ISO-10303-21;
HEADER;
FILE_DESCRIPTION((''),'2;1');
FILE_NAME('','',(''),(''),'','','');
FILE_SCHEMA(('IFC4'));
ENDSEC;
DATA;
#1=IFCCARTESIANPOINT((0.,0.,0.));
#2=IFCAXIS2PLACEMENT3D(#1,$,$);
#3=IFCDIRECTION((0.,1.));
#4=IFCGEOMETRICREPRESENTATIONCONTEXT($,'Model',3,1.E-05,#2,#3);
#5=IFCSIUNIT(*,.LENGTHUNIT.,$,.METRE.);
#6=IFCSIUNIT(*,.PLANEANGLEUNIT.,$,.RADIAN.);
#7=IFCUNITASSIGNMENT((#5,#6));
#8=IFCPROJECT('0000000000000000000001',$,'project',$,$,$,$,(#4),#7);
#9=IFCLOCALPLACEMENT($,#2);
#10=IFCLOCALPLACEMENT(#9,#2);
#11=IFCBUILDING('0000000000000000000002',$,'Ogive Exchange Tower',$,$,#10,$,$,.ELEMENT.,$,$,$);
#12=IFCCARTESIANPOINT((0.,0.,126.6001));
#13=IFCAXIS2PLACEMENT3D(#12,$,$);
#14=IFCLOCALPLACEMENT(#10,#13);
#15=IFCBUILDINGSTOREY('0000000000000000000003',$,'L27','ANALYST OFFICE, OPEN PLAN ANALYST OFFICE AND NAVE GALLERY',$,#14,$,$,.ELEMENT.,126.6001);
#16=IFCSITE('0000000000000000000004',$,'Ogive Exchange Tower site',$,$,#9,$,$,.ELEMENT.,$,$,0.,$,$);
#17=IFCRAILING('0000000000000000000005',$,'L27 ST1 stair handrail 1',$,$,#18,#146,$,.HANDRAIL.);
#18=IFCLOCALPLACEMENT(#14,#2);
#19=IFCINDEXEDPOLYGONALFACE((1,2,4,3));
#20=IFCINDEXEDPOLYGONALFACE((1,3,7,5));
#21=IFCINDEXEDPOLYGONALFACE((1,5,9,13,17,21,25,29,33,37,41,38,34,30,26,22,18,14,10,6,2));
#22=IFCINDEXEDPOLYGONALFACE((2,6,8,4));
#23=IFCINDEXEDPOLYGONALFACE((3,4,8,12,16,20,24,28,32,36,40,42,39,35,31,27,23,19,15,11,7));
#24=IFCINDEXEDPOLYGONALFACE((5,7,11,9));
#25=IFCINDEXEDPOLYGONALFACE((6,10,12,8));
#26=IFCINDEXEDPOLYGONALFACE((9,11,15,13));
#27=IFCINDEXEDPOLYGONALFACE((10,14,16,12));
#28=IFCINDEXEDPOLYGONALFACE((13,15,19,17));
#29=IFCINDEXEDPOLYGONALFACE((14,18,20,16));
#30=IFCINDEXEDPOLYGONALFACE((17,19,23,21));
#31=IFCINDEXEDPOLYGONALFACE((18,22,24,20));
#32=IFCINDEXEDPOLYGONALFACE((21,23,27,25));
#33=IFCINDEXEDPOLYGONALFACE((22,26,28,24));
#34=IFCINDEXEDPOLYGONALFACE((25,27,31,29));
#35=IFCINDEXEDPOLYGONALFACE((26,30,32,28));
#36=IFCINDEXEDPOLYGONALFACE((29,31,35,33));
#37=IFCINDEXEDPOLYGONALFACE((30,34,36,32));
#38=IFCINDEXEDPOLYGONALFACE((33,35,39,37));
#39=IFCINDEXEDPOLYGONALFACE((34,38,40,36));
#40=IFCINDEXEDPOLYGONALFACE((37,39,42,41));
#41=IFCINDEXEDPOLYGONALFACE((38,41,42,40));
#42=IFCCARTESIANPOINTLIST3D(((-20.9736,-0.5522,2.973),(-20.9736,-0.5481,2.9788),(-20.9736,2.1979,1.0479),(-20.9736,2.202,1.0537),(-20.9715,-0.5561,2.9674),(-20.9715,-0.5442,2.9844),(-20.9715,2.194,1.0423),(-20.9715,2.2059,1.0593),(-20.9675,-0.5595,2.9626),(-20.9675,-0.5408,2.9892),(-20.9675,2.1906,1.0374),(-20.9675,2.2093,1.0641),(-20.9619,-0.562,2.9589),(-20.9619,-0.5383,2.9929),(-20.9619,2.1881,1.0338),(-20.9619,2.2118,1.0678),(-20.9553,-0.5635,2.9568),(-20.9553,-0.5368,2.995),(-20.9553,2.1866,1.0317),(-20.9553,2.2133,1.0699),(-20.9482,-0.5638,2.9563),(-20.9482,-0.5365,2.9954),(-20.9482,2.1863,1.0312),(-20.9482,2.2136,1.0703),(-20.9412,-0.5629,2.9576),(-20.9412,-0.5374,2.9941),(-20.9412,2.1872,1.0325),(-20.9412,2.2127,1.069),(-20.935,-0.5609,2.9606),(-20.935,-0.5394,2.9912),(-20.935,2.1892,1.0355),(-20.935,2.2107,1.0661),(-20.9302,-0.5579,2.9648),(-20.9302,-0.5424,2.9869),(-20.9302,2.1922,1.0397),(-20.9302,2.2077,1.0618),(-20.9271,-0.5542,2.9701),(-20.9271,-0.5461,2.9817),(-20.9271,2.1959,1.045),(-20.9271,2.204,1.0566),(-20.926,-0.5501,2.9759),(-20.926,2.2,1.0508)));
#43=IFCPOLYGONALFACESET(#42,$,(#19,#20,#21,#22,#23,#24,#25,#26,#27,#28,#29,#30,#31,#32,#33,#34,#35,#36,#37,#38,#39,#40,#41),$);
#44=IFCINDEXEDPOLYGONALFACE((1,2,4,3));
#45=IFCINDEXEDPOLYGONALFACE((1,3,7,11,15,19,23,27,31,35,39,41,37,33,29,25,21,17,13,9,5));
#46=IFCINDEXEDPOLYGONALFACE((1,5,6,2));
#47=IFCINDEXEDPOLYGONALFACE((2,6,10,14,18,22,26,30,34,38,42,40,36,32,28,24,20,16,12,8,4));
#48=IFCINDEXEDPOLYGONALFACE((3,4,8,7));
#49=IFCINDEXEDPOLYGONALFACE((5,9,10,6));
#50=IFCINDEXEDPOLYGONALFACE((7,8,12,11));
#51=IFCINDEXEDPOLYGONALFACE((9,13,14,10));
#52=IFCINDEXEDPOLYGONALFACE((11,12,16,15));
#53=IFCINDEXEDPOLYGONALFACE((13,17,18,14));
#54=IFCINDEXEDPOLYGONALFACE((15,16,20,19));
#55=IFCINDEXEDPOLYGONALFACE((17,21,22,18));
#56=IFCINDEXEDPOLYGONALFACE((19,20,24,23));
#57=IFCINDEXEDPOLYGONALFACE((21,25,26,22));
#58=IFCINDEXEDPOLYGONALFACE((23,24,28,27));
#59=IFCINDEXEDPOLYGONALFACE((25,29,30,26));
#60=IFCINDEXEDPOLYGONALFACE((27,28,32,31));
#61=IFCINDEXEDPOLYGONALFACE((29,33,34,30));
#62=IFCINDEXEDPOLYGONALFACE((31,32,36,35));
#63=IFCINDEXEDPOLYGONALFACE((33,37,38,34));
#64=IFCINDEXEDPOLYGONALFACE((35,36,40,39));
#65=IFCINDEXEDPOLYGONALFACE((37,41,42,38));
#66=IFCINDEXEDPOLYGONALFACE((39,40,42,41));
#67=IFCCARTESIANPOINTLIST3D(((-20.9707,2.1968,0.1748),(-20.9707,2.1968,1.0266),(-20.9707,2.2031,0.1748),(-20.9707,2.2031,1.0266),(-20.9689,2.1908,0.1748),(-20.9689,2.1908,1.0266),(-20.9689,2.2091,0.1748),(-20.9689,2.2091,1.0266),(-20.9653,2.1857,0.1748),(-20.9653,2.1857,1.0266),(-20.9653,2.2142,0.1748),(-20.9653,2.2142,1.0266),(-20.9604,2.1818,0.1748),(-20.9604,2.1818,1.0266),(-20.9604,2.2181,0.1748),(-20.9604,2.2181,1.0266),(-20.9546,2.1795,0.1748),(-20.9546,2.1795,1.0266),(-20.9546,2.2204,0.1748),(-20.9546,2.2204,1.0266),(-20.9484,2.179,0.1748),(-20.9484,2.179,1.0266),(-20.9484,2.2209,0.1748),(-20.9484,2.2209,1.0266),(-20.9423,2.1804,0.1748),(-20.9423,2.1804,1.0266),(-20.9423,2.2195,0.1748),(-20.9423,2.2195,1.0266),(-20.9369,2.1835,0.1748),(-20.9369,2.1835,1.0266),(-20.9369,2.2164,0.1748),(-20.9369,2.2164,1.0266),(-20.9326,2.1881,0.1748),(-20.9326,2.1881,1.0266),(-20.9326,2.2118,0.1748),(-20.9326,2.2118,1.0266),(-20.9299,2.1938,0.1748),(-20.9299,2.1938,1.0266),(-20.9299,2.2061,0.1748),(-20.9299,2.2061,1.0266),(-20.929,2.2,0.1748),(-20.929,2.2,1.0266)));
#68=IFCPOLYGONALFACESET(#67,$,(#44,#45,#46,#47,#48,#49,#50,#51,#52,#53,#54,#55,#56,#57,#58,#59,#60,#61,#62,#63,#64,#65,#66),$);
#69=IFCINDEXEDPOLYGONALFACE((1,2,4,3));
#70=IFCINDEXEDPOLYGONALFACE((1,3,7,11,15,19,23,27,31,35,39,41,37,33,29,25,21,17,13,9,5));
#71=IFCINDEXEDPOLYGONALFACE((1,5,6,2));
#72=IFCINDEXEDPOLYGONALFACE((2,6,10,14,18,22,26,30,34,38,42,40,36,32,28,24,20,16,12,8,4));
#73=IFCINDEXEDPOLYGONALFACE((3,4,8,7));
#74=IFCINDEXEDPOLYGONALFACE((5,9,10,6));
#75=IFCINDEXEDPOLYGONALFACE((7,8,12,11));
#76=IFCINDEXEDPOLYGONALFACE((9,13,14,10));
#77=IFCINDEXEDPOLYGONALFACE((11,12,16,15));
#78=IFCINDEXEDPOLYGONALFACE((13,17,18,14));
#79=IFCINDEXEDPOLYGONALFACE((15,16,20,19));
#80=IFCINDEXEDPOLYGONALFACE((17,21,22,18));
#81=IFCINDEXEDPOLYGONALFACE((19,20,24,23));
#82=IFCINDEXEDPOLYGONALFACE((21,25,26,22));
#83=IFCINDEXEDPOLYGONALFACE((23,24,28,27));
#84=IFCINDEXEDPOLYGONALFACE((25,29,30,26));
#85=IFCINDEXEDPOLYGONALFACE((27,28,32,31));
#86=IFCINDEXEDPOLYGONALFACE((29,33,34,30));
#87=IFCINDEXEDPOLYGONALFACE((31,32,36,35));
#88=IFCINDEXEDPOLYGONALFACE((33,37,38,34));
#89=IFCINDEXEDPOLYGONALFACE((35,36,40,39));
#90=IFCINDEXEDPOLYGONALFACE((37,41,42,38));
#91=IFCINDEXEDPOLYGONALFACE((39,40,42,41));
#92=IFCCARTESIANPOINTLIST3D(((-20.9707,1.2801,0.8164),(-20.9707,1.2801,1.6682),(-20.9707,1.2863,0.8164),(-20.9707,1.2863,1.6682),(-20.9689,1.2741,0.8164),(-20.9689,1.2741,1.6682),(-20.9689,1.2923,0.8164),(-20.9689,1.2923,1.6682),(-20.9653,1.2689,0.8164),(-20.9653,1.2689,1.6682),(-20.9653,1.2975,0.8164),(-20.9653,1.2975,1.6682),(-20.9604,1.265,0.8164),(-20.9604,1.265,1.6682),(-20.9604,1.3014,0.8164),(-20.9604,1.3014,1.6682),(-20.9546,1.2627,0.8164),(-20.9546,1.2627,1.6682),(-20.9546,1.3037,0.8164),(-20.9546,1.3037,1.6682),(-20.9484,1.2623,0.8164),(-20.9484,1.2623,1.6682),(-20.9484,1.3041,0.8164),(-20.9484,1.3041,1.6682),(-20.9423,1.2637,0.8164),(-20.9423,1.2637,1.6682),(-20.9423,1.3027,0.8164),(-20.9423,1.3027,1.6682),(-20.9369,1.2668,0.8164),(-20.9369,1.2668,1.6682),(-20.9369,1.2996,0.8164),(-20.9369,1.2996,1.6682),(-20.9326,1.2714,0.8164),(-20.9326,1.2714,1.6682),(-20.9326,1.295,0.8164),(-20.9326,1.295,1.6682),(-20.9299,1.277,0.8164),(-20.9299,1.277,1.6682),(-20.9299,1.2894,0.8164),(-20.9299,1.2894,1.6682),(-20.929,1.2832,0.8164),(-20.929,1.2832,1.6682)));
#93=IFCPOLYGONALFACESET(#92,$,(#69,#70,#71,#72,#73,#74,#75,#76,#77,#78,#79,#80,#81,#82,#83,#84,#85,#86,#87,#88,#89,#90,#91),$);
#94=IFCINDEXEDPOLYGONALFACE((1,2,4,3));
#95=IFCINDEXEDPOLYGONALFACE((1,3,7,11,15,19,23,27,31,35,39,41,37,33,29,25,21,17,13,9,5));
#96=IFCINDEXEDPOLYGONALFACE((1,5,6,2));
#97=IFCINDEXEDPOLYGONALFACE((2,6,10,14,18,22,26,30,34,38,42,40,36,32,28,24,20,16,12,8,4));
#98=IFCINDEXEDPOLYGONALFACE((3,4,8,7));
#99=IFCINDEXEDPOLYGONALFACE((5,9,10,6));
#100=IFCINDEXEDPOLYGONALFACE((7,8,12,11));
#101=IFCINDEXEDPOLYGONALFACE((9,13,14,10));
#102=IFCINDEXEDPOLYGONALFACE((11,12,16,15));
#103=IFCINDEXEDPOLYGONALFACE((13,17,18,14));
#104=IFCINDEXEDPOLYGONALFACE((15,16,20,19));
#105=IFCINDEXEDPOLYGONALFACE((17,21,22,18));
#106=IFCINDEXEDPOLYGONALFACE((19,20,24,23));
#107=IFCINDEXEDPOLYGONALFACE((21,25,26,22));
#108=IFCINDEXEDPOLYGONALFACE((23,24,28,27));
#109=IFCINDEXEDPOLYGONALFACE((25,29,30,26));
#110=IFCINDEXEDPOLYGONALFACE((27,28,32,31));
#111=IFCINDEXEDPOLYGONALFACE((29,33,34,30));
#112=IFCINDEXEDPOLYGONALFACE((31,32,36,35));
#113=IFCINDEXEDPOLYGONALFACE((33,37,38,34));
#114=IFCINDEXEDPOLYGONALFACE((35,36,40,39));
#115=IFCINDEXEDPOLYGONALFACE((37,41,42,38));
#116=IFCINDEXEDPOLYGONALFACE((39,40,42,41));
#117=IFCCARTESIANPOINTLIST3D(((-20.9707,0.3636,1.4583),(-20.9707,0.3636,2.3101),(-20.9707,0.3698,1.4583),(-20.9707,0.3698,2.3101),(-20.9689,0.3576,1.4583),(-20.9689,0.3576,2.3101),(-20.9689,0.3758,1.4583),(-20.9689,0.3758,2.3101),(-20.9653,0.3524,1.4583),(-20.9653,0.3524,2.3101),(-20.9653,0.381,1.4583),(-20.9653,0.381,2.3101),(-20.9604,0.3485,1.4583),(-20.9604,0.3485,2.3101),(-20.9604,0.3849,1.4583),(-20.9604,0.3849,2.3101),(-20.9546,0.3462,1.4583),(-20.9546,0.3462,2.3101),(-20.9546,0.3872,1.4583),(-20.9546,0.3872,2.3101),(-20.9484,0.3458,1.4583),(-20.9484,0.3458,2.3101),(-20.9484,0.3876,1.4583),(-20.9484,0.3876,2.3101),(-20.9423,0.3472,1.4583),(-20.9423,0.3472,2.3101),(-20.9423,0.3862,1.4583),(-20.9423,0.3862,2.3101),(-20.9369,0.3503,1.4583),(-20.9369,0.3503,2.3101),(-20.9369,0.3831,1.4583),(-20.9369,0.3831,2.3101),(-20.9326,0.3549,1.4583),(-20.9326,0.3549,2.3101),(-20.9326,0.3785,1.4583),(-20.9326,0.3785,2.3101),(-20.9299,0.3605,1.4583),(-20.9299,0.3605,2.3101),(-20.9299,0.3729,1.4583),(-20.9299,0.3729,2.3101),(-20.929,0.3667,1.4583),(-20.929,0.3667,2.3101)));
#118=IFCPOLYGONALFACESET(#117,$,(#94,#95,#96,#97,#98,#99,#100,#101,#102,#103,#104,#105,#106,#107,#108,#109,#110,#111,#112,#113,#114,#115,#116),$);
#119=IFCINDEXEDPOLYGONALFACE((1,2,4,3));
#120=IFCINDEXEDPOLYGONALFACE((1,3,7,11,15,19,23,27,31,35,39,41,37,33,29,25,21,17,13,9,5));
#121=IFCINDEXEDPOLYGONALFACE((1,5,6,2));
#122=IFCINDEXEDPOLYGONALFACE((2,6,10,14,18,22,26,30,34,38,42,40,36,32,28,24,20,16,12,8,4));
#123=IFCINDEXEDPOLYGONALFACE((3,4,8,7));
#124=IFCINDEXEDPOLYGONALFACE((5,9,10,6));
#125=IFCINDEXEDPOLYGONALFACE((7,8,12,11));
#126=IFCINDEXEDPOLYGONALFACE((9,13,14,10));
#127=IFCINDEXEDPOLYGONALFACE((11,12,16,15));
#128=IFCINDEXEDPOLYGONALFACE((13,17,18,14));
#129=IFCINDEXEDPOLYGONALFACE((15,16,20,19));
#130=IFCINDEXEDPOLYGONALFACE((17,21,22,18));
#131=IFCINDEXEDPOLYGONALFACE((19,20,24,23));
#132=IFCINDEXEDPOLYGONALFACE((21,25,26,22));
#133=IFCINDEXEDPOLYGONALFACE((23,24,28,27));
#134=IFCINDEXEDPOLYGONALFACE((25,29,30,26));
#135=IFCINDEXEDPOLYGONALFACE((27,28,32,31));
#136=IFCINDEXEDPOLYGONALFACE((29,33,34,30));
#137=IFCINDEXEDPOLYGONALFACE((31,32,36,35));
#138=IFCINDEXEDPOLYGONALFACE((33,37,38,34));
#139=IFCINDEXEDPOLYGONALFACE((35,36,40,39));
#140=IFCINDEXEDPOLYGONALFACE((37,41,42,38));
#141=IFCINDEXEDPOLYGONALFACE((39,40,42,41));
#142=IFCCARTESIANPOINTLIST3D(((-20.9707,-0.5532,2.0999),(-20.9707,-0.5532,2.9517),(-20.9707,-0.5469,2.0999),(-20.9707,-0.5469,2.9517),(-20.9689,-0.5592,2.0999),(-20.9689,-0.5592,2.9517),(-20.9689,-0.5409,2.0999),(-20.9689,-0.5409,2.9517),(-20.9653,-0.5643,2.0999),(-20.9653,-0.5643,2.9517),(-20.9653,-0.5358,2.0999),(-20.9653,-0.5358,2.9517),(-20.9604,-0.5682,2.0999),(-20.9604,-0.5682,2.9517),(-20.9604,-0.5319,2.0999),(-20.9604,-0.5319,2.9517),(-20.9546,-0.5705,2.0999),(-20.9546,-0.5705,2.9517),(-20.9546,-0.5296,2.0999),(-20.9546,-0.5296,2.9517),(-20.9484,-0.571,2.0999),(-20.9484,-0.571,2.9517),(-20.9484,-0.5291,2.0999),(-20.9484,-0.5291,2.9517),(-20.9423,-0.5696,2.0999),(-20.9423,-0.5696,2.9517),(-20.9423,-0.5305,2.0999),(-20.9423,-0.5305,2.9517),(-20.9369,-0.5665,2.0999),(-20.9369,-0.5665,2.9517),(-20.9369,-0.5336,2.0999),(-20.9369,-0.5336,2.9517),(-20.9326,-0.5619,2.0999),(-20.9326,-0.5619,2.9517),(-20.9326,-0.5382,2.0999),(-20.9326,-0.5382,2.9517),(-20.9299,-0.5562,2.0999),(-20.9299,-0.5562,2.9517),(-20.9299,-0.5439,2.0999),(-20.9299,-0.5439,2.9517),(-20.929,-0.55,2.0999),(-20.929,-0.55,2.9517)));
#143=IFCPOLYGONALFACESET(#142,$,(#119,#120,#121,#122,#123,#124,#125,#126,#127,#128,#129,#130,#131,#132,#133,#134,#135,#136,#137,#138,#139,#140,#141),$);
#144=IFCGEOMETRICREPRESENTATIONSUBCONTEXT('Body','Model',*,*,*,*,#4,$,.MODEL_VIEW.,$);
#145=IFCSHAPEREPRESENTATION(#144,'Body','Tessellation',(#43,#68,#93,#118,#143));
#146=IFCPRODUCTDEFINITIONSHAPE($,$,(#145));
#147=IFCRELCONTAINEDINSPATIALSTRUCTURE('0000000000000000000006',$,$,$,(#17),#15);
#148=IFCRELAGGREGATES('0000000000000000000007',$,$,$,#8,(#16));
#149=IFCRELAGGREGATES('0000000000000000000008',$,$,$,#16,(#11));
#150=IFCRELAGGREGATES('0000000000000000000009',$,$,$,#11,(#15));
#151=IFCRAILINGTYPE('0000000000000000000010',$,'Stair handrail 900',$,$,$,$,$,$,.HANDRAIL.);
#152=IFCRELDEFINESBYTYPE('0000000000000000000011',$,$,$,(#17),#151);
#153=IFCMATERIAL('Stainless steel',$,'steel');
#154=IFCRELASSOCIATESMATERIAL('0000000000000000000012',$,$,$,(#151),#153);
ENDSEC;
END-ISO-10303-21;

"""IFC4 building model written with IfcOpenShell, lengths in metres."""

from ifc_helpers import new_model, si_unit, direction, frame, origin, origin_2d, place, context, subcontext, project, spatial, circle, extrude, material, type_object, element, save


model = new_model("IFC4")

# Units and contexts
model_context = context("Model", 3, precision=1e-05, world=origin(), true_north=direction((0.0, 1.0)))
body_context = subcontext(model_context, "Body", "Model", "MODEL_VIEW")
ifc_project = project(units=[si_unit("LENGTHUNIT", "METRE"), si_unit("PLANEANGLEUNIT", "RADIAN")], contexts=[model_context])

# Site, building, storey
site_placement = place(None, origin())
site = spatial("IfcSite", under=ifc_project, at=site_placement, Name="Ogive Exchange Tower site", CompositionType="ELEMENT", RefElevation=0.0)
building_placement = place(site_placement, origin())
building = spatial("IfcBuilding", under=site, at=building_placement, Name="Ogive Exchange Tower", CompositionType="ELEMENT")
storey_placement = place(building_placement, frame((0.0, 0.0, 126.6001)))
storey = spatial("IfcBuildingStorey", under=building, at=storey_placement, Name="L27", Description="ANALYST OFFICE, OPEN PLAN ANALYST OFFICE AND NAVE GALLERY", CompositionType="ELEMENT", Elevation=126.6001)

# Shared definitions
ifc_material_1 = material(Name="Stainless steel", Category="steel")

# Railing
railing_type = type_object("IfcRailingType", Name="Stair handrail 900", PredefinedType="HANDRAIL", material=ifc_material_1)
railing_1_placement = place(storey_placement, frame((-20.95, 2.2, 0.1748)))
element("IfcRailing", 1, at=railing_1_placement, inside=storey, type_object=railing_type, Name="L27 ST1 stair handrail 1", PredefinedType="HANDRAIL", context=body_context, shape_type="SweptSolid", body=[
    extrude(circle(Radius=0.0239, at=origin_2d()), frame((0.0, 0.0, 0.876), z_axis=(0.0, -0.819225, 0.573472), x_axis=(1.0, 0.0, 0.0)), (0.0, 0.0, 1.0), 3.3569),
    extrude(circle(Radius=0.021, at=origin_2d()), origin(), (0.0, 0.0, 1.0), 0.8518),
    extrude(circle(Radius=0.021, at=origin_2d()), frame((0.0, -0.9167, 0.6416)), (0.0, 0.0, 1.0), 0.8518),
    extrude(circle(Radius=0.021, at=origin_2d()), frame((0.0, -1.8333, 1.2834)), (0.0, 0.0, 1.0), 0.8518),
    extrude(circle(Radius=0.021, at=origin_2d()), frame((0.0, -2.75, 1.925)), (0.0, 0.0, 1.0), 0.8518),
])

save(model, "model.ifc")
